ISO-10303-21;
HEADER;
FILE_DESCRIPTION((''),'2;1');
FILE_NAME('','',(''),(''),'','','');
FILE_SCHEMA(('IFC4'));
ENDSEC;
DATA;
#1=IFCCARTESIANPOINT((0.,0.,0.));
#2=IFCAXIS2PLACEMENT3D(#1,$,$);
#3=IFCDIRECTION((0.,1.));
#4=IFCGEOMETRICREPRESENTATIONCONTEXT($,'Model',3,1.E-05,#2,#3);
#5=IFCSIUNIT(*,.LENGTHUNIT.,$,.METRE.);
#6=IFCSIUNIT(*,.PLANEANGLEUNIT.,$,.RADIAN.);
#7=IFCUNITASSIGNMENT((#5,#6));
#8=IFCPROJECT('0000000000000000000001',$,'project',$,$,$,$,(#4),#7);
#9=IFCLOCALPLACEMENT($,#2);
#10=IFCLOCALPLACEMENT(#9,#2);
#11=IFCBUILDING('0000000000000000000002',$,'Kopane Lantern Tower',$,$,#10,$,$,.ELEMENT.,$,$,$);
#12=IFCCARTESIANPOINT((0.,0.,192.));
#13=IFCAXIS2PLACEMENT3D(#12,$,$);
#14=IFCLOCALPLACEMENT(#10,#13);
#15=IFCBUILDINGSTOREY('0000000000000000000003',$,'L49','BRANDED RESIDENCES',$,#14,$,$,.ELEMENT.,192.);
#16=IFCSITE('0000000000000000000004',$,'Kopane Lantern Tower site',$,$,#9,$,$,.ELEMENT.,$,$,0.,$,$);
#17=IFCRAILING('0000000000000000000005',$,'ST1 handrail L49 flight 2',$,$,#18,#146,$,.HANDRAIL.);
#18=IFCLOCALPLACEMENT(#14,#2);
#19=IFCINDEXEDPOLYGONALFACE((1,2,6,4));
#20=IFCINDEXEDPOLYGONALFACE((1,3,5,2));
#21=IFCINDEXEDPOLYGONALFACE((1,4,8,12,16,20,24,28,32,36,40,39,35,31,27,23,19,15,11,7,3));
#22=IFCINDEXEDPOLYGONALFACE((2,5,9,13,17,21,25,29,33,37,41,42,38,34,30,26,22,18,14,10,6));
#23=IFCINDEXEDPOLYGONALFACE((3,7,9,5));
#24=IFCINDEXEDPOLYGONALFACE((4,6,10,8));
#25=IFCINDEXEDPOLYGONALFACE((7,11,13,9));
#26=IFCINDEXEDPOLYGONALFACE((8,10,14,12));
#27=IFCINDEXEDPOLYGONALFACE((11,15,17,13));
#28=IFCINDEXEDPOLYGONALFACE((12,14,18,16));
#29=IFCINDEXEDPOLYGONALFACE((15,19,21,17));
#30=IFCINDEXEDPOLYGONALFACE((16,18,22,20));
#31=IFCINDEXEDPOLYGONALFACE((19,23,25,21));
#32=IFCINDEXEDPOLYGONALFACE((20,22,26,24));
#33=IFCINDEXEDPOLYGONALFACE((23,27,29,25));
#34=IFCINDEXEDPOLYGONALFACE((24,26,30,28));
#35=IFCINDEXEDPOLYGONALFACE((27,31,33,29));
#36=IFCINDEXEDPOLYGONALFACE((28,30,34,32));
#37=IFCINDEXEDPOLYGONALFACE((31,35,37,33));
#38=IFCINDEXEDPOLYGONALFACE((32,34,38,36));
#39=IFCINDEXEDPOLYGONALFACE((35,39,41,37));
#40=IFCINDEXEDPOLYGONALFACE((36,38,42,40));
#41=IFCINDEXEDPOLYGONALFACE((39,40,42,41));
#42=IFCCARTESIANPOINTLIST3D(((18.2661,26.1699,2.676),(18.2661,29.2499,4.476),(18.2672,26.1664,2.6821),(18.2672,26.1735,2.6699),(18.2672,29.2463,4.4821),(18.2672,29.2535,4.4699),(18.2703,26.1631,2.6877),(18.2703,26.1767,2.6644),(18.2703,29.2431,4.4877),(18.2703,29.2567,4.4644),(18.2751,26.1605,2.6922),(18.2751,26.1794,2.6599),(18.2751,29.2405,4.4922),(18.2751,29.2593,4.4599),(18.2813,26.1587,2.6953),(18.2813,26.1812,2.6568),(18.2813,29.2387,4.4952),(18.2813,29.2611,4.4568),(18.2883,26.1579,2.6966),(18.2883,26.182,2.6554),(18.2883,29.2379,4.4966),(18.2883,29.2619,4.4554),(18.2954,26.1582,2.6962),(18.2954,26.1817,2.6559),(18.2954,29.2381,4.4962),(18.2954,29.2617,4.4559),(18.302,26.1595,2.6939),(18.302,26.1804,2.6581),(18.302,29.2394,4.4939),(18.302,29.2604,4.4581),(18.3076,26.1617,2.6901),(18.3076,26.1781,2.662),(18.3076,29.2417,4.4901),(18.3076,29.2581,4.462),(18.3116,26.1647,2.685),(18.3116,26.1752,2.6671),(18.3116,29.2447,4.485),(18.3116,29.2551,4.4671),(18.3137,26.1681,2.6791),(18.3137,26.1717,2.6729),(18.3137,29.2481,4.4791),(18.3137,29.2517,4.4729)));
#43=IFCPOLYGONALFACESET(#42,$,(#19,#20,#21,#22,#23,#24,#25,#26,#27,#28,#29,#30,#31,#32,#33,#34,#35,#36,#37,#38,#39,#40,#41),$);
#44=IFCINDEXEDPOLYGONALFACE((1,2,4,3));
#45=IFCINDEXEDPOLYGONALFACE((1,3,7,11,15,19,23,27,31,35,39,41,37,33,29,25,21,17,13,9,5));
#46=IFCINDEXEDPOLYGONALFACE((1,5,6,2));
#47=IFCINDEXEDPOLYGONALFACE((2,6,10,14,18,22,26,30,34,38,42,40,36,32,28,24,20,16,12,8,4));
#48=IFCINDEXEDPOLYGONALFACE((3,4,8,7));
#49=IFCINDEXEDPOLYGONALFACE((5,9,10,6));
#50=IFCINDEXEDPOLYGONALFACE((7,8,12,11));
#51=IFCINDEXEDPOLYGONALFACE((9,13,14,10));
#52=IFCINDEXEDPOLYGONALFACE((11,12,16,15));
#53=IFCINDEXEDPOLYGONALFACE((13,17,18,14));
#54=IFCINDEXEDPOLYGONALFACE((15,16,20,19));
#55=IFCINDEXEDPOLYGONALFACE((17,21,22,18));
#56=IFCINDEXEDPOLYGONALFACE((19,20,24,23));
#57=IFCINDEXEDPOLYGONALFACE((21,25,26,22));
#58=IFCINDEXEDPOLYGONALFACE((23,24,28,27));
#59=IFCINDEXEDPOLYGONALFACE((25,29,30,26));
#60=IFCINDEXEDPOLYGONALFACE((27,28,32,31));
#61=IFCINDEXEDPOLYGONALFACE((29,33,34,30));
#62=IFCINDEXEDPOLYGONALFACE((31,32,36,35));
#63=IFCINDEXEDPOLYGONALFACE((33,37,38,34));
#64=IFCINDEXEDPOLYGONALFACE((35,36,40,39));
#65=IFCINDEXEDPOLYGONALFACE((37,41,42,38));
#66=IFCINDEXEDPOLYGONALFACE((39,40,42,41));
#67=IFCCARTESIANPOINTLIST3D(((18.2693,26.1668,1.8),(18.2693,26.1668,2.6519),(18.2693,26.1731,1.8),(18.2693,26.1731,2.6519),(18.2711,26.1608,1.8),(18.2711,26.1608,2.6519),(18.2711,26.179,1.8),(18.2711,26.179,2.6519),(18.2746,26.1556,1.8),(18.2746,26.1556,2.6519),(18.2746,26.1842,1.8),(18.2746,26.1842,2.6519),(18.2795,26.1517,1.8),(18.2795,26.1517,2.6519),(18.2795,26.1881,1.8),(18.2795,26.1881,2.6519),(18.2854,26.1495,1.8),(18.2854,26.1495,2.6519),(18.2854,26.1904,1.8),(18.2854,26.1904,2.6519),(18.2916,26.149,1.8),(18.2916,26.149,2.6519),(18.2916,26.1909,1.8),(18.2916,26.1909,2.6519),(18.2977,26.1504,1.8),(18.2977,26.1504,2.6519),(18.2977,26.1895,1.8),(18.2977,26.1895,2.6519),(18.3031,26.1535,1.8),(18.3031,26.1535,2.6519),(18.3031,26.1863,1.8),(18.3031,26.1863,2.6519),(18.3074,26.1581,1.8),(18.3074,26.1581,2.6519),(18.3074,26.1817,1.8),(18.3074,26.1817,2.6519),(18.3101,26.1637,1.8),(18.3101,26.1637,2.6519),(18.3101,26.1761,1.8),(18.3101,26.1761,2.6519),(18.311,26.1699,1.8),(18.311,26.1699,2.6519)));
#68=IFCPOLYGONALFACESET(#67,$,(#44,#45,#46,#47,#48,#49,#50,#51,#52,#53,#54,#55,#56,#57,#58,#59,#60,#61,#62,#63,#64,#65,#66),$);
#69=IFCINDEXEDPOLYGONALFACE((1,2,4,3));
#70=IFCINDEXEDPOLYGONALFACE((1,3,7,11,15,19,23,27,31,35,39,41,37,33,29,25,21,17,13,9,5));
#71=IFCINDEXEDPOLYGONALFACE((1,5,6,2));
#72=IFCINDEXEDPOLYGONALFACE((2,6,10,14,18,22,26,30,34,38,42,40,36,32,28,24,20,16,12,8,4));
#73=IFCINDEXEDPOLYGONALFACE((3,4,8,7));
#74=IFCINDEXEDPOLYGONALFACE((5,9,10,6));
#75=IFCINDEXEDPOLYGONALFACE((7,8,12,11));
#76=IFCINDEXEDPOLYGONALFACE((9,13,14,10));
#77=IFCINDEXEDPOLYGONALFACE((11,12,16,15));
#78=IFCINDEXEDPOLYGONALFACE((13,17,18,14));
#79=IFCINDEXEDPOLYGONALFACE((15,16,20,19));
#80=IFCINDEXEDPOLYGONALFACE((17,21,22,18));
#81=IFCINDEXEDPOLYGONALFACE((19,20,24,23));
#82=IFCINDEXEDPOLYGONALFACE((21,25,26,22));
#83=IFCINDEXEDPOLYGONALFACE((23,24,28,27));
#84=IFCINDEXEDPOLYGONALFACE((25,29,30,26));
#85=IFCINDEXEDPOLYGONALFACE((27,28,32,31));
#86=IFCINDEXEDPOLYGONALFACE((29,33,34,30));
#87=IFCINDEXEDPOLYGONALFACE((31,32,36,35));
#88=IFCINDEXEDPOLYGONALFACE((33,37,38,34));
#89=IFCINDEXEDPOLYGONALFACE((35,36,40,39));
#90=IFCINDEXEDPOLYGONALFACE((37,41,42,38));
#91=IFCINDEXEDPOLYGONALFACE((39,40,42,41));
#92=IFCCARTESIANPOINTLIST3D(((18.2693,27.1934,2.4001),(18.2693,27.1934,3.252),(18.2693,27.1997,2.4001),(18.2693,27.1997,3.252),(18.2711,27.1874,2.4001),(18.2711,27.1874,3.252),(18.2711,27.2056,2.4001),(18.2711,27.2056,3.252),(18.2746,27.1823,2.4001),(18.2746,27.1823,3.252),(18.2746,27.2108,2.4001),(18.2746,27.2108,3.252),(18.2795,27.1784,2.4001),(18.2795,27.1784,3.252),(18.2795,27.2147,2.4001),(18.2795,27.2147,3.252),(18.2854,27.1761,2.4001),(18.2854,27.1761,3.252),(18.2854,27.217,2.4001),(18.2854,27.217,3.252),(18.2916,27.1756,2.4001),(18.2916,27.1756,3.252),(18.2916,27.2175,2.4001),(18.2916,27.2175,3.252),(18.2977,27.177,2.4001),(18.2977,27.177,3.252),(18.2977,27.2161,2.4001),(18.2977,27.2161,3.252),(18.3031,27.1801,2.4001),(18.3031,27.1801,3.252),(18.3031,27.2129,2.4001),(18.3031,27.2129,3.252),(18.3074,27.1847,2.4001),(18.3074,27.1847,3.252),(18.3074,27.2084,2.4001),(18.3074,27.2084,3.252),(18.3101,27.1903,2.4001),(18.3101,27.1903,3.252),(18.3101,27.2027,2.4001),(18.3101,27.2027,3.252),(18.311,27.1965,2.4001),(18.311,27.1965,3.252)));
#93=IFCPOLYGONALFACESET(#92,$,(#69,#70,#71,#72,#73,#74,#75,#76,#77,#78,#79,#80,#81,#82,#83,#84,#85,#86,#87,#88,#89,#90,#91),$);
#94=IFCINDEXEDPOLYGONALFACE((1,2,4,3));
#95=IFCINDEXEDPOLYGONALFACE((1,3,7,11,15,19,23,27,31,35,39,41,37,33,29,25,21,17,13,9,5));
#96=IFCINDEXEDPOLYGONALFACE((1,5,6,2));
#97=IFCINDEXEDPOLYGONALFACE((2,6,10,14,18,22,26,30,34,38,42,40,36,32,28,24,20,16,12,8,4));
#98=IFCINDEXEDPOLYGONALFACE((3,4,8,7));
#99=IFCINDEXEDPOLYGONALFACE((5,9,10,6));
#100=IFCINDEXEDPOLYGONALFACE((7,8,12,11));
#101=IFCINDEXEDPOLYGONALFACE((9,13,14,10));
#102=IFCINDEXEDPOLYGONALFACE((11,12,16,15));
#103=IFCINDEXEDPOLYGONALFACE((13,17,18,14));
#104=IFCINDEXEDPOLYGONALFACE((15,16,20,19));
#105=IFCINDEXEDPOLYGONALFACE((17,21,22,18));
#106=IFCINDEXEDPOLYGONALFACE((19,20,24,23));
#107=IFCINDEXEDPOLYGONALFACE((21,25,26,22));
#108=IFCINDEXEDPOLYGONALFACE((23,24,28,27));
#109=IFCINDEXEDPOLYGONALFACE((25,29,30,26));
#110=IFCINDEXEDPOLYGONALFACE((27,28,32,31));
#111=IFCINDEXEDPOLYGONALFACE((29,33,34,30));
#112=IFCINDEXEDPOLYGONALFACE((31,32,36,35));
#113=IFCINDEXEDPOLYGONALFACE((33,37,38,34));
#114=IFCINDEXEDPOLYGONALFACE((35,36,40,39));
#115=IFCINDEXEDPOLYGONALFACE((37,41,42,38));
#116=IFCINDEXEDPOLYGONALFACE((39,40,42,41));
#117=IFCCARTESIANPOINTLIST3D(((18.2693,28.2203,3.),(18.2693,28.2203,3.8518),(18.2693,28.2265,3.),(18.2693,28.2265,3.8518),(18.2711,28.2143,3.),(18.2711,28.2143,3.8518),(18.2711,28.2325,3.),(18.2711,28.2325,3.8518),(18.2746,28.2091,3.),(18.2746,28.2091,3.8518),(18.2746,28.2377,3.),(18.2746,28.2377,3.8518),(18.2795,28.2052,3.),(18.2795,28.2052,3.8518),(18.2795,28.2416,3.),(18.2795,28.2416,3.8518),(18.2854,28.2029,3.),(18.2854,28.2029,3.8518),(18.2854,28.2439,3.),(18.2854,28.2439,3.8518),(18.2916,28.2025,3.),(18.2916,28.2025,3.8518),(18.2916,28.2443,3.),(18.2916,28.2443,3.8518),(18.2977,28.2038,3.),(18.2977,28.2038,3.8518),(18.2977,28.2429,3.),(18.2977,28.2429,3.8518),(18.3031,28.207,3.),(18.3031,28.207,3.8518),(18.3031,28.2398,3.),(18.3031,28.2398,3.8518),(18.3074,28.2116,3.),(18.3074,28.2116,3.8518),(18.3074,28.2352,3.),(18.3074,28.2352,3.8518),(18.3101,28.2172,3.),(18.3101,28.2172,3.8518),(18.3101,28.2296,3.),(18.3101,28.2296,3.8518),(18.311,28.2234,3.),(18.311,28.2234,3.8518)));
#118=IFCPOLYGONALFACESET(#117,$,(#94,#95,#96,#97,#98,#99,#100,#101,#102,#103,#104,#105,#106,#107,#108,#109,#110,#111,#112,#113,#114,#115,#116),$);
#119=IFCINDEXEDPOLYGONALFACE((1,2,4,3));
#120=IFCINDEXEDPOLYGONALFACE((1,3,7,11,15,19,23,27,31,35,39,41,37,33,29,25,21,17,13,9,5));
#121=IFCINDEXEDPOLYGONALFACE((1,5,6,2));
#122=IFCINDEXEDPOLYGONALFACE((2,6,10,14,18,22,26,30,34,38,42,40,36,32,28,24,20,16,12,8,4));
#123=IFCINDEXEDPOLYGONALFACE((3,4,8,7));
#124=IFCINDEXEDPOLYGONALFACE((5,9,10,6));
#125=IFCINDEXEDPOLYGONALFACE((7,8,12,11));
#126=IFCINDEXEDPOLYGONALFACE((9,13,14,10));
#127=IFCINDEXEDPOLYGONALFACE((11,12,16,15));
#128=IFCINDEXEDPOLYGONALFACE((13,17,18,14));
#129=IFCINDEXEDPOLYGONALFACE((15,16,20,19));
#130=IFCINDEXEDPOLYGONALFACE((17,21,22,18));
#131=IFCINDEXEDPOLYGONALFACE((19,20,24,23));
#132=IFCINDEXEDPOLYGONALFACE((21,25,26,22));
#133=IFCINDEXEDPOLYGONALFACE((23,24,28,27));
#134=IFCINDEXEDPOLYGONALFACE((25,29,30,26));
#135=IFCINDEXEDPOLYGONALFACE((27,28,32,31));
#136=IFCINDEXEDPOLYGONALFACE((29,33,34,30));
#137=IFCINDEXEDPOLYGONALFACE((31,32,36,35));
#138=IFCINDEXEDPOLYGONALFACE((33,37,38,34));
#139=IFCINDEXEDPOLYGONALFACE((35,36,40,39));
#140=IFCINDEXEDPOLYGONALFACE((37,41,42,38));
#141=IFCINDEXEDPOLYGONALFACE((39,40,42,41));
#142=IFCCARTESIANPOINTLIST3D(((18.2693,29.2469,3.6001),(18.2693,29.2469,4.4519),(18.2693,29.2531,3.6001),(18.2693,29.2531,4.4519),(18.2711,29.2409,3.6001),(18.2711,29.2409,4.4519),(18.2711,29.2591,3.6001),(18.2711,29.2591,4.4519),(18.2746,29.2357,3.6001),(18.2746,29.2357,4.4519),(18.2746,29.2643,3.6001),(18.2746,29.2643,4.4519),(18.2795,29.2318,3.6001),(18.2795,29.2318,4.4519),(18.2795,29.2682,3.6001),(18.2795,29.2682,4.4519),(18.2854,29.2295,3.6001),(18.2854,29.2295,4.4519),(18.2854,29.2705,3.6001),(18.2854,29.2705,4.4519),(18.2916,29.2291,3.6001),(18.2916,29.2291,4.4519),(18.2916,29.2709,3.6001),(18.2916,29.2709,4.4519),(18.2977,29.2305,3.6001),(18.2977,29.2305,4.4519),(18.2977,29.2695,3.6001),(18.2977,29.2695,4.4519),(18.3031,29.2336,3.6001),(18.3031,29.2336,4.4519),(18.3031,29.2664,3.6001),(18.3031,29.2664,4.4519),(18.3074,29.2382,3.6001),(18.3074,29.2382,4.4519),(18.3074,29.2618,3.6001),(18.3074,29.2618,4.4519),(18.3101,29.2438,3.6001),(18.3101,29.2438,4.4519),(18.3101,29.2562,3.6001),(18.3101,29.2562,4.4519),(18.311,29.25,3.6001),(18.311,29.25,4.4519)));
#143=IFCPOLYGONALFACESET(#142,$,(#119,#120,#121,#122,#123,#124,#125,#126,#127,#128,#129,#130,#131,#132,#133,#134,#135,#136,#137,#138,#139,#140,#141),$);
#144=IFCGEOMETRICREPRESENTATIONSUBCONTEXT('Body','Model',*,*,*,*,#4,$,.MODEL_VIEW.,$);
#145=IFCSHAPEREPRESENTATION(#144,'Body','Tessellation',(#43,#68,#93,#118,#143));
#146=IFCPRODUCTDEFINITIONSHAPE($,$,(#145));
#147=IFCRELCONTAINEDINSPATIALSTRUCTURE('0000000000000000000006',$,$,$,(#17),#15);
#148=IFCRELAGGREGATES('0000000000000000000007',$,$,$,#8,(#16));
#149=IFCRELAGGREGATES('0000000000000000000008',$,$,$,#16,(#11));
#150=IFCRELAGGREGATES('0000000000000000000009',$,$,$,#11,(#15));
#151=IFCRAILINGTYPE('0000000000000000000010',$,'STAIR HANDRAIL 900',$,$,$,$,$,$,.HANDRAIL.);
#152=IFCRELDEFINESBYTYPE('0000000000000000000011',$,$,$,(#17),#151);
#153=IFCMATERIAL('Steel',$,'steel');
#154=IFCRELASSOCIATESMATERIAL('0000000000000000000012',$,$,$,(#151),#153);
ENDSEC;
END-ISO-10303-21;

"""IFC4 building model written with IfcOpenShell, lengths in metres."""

from ifc_helpers import new_model, si_unit, direction, frame, origin, origin_2d, place, context, subcontext, project, spatial, circle, extrude, material, type_object, element, save


model = new_model("IFC4")

# Units and contexts
model_context = context("Model", 3, precision=1e-05, world=origin(), true_north=direction((0.0, 1.0)))
body_context = subcontext(model_context, "Body", "Model", "MODEL_VIEW")
ifc_project = project(units=[si_unit("LENGTHUNIT", "METRE"), si_unit("PLANEANGLEUNIT", "RADIAN")], contexts=[model_context])

# Site, building, storey
site_placement = place(None, origin())
site = spatial("IfcSite", under=ifc_project, at=site_placement, Name="Kopane Lantern Tower site", CompositionType="ELEMENT", RefElevation=0.0)
building_placement = place(site_placement, origin())
building = spatial("IfcBuilding", under=site, at=building_placement, Name="Kopane Lantern Tower", CompositionType="ELEMENT")
storey_placement = place(building_placement, frame((0.0, 0.0, 192.0)))
storey = spatial("IfcBuildingStorey", under=building, at=storey_placement, Name="L49", Description="BRANDED RESIDENCES", CompositionType="ELEMENT", Elevation=192.0)

# Railing
ifc_material_1 = material(Name="Steel", Category="steel")
railing_type_1 = type_object("IfcRailingType", Name="STAIR HANDRAIL 900", PredefinedType="HANDRAIL", material=ifc_material_1)
for number, where, name in (
    (1, (18.29, 26.1699, 1.8), "ST1 handrail L49 flight 2"),
):
    element("IfcRailing", number, at=place(storey_placement, frame(where)), inside=storey, type_object=railing_type_1, Name=name, PredefinedType="HANDRAIL", context=body_context, shape_type="SweptSolid", body=[
        extrude(circle(Radius=0.0239, at=origin_2d()), frame((0.0, 0.0, 0.876), z_axis=(0.0, 0.863372, 0.504569), x_axis=(-1.0, 0.0, 0.0)), (0.0, 0.0, 1.0), 3.5674),
        extrude(circle(Radius=0.021, at=origin_2d()), origin(), (0.0, 0.0, 1.0), 0.8518),
        extrude(circle(Radius=0.021, at=origin_2d()), frame((0.0, 1.0266, 0.6001)), (0.0, 0.0, 1.0), 0.8518),
        extrude(circle(Radius=0.021, at=origin_2d()), frame((0.0, 2.0535, 1.2)), (0.0, 0.0, 1.0), 0.8518),
        extrude(circle(Radius=0.021, at=origin_2d()), frame((0.0, 3.0801, 1.8)), (0.0, 0.0, 1.0), 0.8518),
    ])

save(model, "model.ifc")
